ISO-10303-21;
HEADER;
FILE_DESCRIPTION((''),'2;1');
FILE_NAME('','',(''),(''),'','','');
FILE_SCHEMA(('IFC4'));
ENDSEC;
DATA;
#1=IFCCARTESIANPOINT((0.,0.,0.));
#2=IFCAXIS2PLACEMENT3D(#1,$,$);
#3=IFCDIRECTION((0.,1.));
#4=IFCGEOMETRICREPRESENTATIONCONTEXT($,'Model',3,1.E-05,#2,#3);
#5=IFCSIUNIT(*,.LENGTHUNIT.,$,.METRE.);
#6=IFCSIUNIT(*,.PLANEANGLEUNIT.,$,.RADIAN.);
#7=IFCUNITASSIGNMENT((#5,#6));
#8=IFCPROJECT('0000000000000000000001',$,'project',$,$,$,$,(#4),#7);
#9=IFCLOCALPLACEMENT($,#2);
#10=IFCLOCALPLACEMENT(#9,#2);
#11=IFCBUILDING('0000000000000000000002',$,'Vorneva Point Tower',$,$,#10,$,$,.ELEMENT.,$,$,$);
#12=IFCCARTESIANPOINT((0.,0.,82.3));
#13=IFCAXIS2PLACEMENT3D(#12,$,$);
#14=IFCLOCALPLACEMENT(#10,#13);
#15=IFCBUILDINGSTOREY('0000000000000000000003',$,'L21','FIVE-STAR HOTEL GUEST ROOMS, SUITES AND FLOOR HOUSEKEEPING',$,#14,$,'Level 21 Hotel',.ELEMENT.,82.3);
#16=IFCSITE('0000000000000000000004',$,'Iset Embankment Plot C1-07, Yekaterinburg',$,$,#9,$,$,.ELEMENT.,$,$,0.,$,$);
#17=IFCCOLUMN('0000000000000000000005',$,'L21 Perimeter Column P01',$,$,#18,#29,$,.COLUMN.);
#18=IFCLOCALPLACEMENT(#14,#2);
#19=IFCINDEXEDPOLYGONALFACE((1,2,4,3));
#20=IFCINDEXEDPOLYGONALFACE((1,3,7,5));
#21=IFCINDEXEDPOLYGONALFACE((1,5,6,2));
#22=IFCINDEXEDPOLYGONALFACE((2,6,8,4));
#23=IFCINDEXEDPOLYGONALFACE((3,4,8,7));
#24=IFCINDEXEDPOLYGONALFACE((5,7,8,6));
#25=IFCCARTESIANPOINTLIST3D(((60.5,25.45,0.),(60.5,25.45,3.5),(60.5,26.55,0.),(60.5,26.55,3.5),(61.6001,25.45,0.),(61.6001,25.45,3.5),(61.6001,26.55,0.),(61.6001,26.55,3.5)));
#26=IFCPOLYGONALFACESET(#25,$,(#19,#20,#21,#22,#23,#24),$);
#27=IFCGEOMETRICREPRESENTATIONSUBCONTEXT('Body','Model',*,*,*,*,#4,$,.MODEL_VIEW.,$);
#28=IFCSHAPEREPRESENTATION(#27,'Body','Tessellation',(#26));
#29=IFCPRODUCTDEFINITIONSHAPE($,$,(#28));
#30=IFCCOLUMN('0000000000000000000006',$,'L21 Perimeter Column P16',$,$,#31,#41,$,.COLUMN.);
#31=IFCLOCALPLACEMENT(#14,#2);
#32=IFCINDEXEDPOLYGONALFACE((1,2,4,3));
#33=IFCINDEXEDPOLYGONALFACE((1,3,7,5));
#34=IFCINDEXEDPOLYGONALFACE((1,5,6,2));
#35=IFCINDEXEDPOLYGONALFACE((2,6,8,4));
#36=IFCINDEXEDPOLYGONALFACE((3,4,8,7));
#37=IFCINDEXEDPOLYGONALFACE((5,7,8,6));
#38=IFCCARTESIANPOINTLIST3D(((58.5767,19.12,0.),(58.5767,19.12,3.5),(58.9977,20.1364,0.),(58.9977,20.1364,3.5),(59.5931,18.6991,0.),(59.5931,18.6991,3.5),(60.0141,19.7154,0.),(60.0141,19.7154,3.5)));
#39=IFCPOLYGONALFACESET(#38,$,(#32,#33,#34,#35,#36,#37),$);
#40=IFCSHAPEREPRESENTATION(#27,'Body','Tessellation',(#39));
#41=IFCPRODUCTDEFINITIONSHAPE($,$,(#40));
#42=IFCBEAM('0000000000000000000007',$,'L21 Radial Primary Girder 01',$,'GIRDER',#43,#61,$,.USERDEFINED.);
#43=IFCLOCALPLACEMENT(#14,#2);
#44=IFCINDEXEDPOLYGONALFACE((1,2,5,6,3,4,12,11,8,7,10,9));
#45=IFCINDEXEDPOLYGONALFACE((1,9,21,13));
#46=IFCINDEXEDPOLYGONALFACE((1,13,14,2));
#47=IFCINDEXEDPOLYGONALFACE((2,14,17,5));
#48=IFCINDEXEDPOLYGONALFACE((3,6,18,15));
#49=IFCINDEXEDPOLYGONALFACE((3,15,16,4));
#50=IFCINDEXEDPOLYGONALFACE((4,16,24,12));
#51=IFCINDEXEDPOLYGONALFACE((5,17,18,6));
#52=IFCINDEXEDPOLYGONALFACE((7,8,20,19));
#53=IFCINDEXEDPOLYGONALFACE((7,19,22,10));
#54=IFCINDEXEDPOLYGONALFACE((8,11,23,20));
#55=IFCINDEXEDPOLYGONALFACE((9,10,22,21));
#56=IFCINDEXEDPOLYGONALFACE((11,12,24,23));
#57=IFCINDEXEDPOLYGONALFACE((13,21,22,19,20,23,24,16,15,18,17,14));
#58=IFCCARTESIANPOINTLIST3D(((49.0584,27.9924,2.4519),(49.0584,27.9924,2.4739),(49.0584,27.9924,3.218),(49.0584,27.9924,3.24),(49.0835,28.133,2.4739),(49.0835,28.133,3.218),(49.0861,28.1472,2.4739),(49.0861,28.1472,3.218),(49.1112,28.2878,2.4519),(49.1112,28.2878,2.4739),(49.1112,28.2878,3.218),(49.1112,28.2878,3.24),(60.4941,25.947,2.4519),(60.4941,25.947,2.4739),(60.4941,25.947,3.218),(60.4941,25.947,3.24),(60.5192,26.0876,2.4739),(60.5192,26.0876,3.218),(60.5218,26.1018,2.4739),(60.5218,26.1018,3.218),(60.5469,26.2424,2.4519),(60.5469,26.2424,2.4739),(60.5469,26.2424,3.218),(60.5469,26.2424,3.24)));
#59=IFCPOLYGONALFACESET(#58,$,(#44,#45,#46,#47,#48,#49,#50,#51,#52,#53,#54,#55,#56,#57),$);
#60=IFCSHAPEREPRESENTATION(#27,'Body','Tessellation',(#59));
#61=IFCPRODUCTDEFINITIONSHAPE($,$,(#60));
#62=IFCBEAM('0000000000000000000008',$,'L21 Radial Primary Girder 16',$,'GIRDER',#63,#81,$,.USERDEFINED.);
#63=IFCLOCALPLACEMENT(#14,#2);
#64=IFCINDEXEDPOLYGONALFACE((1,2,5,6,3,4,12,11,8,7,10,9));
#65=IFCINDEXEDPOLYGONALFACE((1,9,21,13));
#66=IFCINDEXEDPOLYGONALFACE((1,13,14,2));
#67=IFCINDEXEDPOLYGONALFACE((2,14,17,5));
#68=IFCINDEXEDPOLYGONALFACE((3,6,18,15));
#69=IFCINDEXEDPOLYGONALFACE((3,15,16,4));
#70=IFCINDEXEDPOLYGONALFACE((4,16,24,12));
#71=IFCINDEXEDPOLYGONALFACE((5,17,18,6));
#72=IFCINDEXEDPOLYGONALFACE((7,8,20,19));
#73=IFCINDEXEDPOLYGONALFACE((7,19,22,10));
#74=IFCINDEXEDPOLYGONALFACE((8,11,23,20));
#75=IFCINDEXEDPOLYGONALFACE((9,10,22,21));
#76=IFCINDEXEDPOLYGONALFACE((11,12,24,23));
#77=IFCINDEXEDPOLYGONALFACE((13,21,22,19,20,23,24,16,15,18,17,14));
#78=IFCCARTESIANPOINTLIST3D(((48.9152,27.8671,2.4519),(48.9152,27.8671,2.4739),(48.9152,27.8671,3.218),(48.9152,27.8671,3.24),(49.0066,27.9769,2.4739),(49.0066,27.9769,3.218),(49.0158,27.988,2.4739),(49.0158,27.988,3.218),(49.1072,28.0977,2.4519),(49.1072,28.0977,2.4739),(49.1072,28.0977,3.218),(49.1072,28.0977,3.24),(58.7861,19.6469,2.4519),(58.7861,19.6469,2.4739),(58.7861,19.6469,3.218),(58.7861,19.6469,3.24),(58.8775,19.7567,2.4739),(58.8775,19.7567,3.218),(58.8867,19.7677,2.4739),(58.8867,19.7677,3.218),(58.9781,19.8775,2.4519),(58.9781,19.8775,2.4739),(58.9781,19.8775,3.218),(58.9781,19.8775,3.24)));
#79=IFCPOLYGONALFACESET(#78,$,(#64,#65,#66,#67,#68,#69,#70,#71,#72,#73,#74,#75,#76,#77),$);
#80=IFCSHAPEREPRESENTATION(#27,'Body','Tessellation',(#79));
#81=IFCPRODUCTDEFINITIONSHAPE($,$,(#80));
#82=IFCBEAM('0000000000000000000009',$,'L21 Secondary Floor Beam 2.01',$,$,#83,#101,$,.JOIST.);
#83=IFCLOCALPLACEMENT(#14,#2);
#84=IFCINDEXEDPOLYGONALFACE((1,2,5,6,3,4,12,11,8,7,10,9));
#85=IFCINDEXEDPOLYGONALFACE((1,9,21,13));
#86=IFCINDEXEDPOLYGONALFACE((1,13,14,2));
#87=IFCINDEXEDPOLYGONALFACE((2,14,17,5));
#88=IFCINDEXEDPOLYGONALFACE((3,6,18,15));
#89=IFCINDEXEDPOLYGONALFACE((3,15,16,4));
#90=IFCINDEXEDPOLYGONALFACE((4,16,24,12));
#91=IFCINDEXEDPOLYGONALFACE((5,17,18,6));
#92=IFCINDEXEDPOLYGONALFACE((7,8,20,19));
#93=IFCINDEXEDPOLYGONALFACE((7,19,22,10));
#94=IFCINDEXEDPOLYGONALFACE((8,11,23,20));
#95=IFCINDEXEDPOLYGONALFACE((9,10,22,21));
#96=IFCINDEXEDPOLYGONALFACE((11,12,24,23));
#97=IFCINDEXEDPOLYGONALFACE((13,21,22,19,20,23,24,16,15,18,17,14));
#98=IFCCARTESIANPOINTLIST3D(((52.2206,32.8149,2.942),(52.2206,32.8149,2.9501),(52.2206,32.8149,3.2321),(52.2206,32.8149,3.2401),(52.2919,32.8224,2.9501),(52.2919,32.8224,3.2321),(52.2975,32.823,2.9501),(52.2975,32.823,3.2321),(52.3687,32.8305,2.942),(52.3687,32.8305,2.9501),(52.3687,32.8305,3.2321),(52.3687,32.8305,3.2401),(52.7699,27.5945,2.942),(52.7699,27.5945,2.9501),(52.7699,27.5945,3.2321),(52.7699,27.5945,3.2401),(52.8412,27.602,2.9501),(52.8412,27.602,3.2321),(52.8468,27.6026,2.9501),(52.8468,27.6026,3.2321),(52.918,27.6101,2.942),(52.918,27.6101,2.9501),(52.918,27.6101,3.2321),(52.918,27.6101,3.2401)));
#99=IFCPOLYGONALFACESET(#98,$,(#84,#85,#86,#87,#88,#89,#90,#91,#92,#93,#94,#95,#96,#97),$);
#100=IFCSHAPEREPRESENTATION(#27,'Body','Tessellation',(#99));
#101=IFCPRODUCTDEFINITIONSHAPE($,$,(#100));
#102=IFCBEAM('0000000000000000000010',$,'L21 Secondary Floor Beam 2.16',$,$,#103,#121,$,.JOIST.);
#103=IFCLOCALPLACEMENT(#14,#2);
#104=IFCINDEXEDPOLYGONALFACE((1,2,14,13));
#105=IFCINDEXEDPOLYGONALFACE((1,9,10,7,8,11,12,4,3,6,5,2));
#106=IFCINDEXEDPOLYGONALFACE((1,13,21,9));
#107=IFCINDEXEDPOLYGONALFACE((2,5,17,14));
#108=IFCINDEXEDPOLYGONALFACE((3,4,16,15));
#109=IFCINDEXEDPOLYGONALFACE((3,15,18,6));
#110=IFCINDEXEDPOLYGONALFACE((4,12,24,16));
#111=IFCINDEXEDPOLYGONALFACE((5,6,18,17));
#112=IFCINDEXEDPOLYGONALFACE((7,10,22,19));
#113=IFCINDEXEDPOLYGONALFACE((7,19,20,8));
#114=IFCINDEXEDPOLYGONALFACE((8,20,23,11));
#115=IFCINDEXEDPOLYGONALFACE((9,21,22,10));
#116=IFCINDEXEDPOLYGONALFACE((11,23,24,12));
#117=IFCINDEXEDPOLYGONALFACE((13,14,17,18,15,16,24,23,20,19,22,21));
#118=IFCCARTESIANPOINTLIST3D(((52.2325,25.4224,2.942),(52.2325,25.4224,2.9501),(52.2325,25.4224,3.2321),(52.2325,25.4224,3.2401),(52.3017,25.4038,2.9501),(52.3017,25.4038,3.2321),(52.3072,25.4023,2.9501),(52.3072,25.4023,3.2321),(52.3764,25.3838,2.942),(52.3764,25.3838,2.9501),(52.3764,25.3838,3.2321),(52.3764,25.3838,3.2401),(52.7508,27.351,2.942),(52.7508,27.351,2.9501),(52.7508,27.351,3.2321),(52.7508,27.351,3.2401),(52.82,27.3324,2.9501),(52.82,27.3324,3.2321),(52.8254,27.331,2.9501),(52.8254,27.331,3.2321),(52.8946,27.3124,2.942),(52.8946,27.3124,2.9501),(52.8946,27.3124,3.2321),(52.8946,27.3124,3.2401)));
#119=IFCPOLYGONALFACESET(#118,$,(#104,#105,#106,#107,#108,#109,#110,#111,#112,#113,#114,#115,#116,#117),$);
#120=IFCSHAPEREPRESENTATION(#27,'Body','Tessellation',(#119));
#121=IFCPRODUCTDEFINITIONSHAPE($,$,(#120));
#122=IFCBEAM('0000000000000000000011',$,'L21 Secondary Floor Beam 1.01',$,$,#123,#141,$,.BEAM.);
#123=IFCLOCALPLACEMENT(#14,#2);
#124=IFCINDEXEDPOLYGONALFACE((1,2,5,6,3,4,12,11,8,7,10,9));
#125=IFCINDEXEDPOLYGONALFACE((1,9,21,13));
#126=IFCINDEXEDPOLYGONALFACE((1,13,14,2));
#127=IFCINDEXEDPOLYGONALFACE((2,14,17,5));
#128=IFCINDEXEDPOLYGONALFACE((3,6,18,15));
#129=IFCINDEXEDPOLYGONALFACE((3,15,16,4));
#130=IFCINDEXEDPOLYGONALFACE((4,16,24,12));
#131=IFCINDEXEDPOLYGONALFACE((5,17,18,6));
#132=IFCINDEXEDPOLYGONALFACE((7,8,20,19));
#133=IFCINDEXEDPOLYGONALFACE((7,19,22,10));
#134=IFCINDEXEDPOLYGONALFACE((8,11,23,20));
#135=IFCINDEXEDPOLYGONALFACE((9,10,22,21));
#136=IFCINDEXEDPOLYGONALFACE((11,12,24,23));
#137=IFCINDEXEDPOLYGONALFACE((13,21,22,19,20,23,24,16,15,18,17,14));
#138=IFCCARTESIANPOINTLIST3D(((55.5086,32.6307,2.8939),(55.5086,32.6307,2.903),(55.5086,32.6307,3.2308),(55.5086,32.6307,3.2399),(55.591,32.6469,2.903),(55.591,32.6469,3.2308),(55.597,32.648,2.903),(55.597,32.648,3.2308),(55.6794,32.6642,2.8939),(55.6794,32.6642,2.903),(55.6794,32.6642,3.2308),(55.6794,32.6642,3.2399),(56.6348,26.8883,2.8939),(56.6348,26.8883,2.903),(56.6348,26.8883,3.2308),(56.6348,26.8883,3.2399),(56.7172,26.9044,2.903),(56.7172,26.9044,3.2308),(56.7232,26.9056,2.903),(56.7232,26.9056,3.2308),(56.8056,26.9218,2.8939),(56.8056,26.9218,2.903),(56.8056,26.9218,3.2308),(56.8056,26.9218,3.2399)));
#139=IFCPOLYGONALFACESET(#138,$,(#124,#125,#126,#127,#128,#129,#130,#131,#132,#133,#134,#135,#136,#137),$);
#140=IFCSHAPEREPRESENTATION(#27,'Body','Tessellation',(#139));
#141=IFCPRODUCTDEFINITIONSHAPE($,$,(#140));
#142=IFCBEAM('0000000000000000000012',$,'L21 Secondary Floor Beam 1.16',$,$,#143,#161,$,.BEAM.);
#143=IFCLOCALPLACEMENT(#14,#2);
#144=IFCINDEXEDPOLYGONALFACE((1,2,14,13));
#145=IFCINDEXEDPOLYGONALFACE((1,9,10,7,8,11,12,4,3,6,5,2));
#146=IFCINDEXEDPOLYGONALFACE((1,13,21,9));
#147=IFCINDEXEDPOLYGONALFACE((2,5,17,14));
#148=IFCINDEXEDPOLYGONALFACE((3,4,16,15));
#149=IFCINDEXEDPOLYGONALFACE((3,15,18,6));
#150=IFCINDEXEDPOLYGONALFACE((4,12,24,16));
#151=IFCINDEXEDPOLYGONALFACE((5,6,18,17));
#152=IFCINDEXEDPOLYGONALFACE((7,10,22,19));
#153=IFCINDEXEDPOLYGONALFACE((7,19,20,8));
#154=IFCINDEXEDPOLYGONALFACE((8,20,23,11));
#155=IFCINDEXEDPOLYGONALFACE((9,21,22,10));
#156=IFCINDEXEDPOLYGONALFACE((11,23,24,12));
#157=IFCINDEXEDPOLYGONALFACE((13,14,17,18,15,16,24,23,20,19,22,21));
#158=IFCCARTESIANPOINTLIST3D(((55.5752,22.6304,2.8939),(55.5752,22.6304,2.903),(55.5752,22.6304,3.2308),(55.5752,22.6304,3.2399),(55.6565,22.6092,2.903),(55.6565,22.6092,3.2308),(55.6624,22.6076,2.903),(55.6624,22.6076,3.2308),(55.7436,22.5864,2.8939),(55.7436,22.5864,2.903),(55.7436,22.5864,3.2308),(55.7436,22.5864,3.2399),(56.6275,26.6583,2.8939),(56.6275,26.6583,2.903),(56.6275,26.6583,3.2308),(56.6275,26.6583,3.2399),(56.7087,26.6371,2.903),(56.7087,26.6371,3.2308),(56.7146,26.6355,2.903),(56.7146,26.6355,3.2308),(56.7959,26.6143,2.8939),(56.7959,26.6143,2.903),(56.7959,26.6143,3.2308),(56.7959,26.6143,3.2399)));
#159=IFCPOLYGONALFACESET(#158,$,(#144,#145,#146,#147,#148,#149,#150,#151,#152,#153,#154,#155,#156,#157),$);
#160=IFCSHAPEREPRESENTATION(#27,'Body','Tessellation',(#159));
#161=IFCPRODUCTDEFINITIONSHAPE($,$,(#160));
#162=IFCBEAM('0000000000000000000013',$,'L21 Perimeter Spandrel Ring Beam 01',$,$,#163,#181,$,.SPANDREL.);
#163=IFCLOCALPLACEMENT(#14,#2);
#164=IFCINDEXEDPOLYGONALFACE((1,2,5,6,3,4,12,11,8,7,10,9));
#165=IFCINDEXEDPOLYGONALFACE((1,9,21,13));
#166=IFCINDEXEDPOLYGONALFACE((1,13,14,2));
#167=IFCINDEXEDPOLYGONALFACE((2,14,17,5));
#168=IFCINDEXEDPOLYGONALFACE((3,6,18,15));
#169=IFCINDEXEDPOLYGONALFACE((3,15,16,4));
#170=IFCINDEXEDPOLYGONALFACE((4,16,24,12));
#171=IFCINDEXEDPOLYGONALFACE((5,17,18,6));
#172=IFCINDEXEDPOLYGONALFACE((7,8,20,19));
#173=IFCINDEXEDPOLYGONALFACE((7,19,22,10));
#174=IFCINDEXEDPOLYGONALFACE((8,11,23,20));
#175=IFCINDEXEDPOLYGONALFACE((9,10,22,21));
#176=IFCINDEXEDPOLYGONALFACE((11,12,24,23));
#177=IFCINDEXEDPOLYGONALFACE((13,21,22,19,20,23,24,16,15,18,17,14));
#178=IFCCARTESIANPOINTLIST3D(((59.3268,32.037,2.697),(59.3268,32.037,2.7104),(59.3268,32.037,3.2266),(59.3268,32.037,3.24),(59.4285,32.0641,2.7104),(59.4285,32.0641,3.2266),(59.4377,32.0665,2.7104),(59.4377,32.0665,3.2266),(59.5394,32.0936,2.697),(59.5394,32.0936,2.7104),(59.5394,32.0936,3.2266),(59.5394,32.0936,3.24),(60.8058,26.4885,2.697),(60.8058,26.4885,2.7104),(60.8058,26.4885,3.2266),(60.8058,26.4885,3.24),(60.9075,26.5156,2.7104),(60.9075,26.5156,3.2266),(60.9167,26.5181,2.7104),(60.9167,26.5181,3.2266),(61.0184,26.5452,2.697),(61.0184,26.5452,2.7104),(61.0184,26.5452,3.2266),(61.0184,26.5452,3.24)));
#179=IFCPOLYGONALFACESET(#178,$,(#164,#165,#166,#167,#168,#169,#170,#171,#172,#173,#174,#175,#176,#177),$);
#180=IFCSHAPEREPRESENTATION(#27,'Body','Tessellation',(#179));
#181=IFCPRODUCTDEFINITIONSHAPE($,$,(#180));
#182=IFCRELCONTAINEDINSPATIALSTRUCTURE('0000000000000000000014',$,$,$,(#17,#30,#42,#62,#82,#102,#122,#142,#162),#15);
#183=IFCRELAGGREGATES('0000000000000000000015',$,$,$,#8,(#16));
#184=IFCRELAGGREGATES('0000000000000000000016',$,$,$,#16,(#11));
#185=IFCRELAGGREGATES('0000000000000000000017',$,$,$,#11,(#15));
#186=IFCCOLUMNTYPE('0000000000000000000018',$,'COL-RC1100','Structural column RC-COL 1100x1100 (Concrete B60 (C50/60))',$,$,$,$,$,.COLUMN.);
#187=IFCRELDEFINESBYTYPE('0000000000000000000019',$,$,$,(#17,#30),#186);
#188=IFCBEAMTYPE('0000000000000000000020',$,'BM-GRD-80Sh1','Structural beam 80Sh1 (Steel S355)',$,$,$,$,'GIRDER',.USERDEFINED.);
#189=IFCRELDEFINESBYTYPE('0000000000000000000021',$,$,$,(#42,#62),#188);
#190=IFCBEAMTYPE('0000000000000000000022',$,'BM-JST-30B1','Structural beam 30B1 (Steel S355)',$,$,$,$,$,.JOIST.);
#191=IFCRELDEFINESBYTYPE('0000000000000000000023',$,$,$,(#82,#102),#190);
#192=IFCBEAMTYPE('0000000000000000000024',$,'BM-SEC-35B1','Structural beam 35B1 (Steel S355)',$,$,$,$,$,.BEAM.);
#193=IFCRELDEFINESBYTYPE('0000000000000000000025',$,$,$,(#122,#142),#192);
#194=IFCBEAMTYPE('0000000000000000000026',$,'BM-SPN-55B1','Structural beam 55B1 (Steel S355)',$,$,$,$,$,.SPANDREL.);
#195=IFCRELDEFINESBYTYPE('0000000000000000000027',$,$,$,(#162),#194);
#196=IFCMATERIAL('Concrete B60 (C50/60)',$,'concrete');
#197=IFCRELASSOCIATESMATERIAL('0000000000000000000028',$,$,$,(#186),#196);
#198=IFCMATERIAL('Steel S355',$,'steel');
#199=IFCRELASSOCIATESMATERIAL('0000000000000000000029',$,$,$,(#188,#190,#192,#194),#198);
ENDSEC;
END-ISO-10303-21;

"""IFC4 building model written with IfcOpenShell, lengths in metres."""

from ifc_helpers import new_model, si_unit, direction, frame, origin, origin_2d, place, context, subcontext, project, spatial, rectangle, i_section, extrude, material, material_profile, profile_set, type_object, element, save


model = new_model("IFC4")

# Units and contexts
model_context = context("Model", 3, precision=1e-05, world=origin(), true_north=direction((0.0, 1.0)))
body_context = subcontext(model_context, "Body", "Model", "MODEL_VIEW")
ifc_project = project(units=[si_unit("LENGTHUNIT", "METRE"), si_unit("PLANEANGLEUNIT", "RADIAN")], contexts=[model_context])

# Site, building, storey
site_placement = place(None, origin())
site = spatial("IfcSite", under=ifc_project, at=site_placement, Name="Iset Embankment Plot C1-07, Yekaterinburg", CompositionType="ELEMENT", RefElevation=0.0)
building_placement = place(site_placement, origin())
building = spatial("IfcBuilding", under=site, at=building_placement, Name="Vorneva Point Tower", CompositionType="ELEMENT")
storey_placement = place(building_placement, frame((0.0, 0.0, 82.3)))
storey = spatial("IfcBuildingStorey", under=building, at=storey_placement, Name="L21", Description="FIVE-STAR HOTEL GUEST ROOMS, SUITES AND FLOOR HOUSEKEEPING", LongName="Level 21 Hotel", CompositionType="ELEMENT", Elevation=82.3)

# Columns
ifc_material_1 = material(Name="Concrete B60 (C50/60)", Category="concrete")
ifc_material_profile_1 = material_profile(ifc_material_1, rectangle(XDim=1.1001, YDim=1.1001, at=origin_2d()), Name="RC-COL 1100x1100")
ifc_profile_set_1 = profile_set([ifc_material_profile_1], Name="Concrete B60 (C50/60)")
column_type = type_object("IfcColumnType", Name="COL-RC1100", Description="Structural column RC-COL 1100x1100 (Concrete B60 (C50/60))", PredefinedType="COLUMN", material=ifc_profile_set_1)
for number, where, z_axis, x_axis, name in (
    (1, (61.05, 26.0, 0.0), (0.0, 0.0, 1.0), (1.0, 0.0, 0.0), "L21 Perimeter Column P01"),
    (2, (59.2954, 19.4177, 0.0), (0.0, 0.0, 1.0), (0.92388, -0.382683, 0.0), "L21 Perimeter Column P16"),
):
    element("IfcColumn", number, at=place(storey_placement, frame(where, z_axis=z_axis, x_axis=x_axis)), inside=storey, type_object=column_type, Name=name, PredefinedType="COLUMN", context=body_context, shape_type="SweptSolid", body=[
        extrude(rectangle(XDim=1.1001, YDim=1.1001, at=origin_2d()), origin(), (0.0, 0.0, 1.0), 3.5),
    ])

# Beams
ifc_material_2 = material(Name="Steel S355", Category="steel")
ifc_material_profile_2 = material_profile(ifc_material_2, i_section(OverallWidth=0.3, OverallDepth=0.7881, WebThickness=0.0144, FlangeThickness=0.022, at=origin_2d()), Name="80Sh1")
ifc_profile_set_2 = profile_set([ifc_material_profile_2], Name="Steel S355")
beam_type_1 = type_object("IfcBeamType", Name="BM-GRD-80Sh1", Description="Structural beam 80Sh1 (Steel S355)", ElementType="GIRDER", PredefinedType="USERDEFINED", material=ifc_profile_set_2)
beam_1_placement = place(storey_placement, frame((60.5205, 26.0947, 2.8459), z_axis=(-0.984378, 0.176066, 0.0), x_axis=(-0.176066, -0.984378, 0.0)))
element("IfcBeam", 3, at=beam_1_placement, inside=storey, type_object=beam_type_1, Name="L21 Radial Primary Girder 01", ObjectType="GIRDER", PredefinedType="USERDEFINED", context=body_context, shape_type="SweptSolid", body=[
    extrude(i_section(OverallWidth=0.3, OverallDepth=0.7881, WebThickness=0.0144, FlangeThickness=0.022, at=origin_2d()), origin(), (0.0, 0.0, 1.0), 11.6172),
])
beam_2_placement = place(storey_placement, frame((58.8821, 19.7622, 2.8459), z_axis=(-0.768432, 0.639932, 0.0), x_axis=(-0.639932, -0.768432, 0.0)))
element("IfcBeam", 4, at=beam_2_placement, inside=storey, type_object=beam_type_1, Name="L21 Radial Primary Girder 16", ObjectType="GIRDER", PredefinedType="USERDEFINED", context=body_context, shape_type="SweptSolid", body=[
    extrude(i_section(OverallWidth=0.3, OverallDepth=0.7881, WebThickness=0.0144, FlangeThickness=0.022, at=origin_2d()), origin(), (0.0, 0.0, 1.0), 12.8455),
])
ifc_material_profile_3 = material_profile(ifc_material_2, i_section(OverallWidth=0.1489, OverallDepth=0.2981, WebThickness=0.0056, FlangeThickness=0.0081, at=origin_2d()), Name="30B1")
ifc_profile_set_3 = profile_set([ifc_material_profile_3], Name="Steel S355")
beam_type_2 = type_object("IfcBeamType", Name="BM-JST-30B1", Description="Structural beam 30B1 (Steel S355)", PredefinedType="JOIST", material=ifc_profile_set_3)
beam_3_placement = place(storey_placement, frame((52.844, 27.6023, 3.0911), z_axis=(-0.104646, 0.99451, 0.0), x_axis=(-0.99451, -0.104646, 0.0)))
element("IfcBeam", 5, at=beam_3_placement, inside=storey, type_object=beam_type_2, Name="L21 Secondary Floor Beam 2.01", PredefinedType="JOIST", context=body_context, shape_type="SweptSolid", body=[
    extrude(i_section(OverallWidth=0.1489, OverallDepth=0.2981, WebThickness=0.0056, FlangeThickness=0.0081, at=origin_2d()), origin(), (0.0, 0.0, 1.0), 5.2493),
])
beam_4_placement = place(storey_placement, frame((52.3044, 25.4031, 3.0911), z_axis=(0.259526, 0.965736, 0.0), x_axis=(-0.965736, 0.259526, 0.0)))
element("IfcBeam", 6, at=beam_4_placement, inside=storey, type_object=beam_type_2, Name="L21 Secondary Floor Beam 2.16", PredefinedType="JOIST", context=body_context, shape_type="SweptSolid", body=[
    extrude(i_section(OverallWidth=0.1489, OverallDepth=0.2981, WebThickness=0.0056, FlangeThickness=0.0081, at=origin_2d()), origin(), (0.0, 0.0, 1.0), 1.9971),
])
ifc_material_profile_4 = material_profile(ifc_material_2, i_section(OverallWidth=0.1741, OverallDepth=0.3459, WebThickness=0.0061, FlangeThickness=0.009, at=origin_2d()), Name="35B1")
ifc_profile_set_4 = profile_set([ifc_material_profile_4], Name="Steel S355")
beam_type_3 = type_object("IfcBeamType", Name="BM-SEC-35B1", Description="Structural beam 35B1 (Steel S355)", PredefinedType="BEAM", material=ifc_profile_set_4)
beam_5_placement = place(storey_placement, frame((56.7202, 26.905, 3.0669), z_axis=(-0.192456, 0.981306, 0.0), x_axis=(-0.981306, -0.192456, 0.0)))
element("IfcBeam", 7, at=beam_5_placement, inside=storey, type_object=beam_type_3, Name="L21 Secondary Floor Beam 1.01", PredefinedType="BEAM", context=body_context, shape_type="SweptSolid", body=[
    extrude(i_section(OverallWidth=0.1741, OverallDepth=0.3459, WebThickness=0.0061, FlangeThickness=0.009, at=origin_2d()), origin(), (0.0, 0.0, 1.0), 5.8518),
])
beam_6_placement = place(storey_placement, frame((55.6594, 22.6084, 3.0669), z_axis=(0.252761, 0.967529, 0.0), x_axis=(-0.967529, 0.252761, 0.0)))
element("IfcBeam", 8, at=beam_6_placement, inside=storey, type_object=beam_type_3, Name="L21 Secondary Floor Beam 1.16", PredefinedType="BEAM", context=body_context, shape_type="SweptSolid", body=[
    extrude(i_section(OverallWidth=0.1741, OverallDepth=0.3459, WebThickness=0.0061, FlangeThickness=0.009, at=origin_2d()), origin(), (0.0, 0.0, 1.0), 4.1631),
])
ifc_material_profile_5 = material_profile(ifc_material_2, i_section(OverallWidth=0.22, OverallDepth=0.543, WebThickness=0.0095, FlangeThickness=0.0134, at=origin_2d()), Name="55B1")
ifc_profile_set_5 = profile_set([ifc_material_profile_5], Name="Steel S355")
beam_type_4 = type_object("IfcBeamType", Name="BM-SPN-55B1", Description="Structural beam 55B1 (Steel S355)", PredefinedType="SPANDREL", material=ifc_profile_set_5)
for number, where, z_axis, x_axis, name in (
    (9, (60.9121, 26.5168, 2.9685), (-0.257573, 0.966259, 0.0), (-0.966259, -0.257573, 0.0), "L21 Perimeter Spandrel Ring Beam 01"),
):
    element("IfcBeam", number, at=place(storey_placement, frame(where, z_axis=z_axis, x_axis=x_axis)), inside=storey, type_object=beam_type_4, Name=name, PredefinedType="SPANDREL", context=body_context, shape_type="SweptSolid", body=[
        extrude(i_section(OverallWidth=0.22, OverallDepth=0.543, WebThickness=0.0095, FlangeThickness=0.0134, at=origin_2d()), origin(), (0.0, 0.0, 1.0), 5.7422),
    ])

save(model, "model.ifc")
